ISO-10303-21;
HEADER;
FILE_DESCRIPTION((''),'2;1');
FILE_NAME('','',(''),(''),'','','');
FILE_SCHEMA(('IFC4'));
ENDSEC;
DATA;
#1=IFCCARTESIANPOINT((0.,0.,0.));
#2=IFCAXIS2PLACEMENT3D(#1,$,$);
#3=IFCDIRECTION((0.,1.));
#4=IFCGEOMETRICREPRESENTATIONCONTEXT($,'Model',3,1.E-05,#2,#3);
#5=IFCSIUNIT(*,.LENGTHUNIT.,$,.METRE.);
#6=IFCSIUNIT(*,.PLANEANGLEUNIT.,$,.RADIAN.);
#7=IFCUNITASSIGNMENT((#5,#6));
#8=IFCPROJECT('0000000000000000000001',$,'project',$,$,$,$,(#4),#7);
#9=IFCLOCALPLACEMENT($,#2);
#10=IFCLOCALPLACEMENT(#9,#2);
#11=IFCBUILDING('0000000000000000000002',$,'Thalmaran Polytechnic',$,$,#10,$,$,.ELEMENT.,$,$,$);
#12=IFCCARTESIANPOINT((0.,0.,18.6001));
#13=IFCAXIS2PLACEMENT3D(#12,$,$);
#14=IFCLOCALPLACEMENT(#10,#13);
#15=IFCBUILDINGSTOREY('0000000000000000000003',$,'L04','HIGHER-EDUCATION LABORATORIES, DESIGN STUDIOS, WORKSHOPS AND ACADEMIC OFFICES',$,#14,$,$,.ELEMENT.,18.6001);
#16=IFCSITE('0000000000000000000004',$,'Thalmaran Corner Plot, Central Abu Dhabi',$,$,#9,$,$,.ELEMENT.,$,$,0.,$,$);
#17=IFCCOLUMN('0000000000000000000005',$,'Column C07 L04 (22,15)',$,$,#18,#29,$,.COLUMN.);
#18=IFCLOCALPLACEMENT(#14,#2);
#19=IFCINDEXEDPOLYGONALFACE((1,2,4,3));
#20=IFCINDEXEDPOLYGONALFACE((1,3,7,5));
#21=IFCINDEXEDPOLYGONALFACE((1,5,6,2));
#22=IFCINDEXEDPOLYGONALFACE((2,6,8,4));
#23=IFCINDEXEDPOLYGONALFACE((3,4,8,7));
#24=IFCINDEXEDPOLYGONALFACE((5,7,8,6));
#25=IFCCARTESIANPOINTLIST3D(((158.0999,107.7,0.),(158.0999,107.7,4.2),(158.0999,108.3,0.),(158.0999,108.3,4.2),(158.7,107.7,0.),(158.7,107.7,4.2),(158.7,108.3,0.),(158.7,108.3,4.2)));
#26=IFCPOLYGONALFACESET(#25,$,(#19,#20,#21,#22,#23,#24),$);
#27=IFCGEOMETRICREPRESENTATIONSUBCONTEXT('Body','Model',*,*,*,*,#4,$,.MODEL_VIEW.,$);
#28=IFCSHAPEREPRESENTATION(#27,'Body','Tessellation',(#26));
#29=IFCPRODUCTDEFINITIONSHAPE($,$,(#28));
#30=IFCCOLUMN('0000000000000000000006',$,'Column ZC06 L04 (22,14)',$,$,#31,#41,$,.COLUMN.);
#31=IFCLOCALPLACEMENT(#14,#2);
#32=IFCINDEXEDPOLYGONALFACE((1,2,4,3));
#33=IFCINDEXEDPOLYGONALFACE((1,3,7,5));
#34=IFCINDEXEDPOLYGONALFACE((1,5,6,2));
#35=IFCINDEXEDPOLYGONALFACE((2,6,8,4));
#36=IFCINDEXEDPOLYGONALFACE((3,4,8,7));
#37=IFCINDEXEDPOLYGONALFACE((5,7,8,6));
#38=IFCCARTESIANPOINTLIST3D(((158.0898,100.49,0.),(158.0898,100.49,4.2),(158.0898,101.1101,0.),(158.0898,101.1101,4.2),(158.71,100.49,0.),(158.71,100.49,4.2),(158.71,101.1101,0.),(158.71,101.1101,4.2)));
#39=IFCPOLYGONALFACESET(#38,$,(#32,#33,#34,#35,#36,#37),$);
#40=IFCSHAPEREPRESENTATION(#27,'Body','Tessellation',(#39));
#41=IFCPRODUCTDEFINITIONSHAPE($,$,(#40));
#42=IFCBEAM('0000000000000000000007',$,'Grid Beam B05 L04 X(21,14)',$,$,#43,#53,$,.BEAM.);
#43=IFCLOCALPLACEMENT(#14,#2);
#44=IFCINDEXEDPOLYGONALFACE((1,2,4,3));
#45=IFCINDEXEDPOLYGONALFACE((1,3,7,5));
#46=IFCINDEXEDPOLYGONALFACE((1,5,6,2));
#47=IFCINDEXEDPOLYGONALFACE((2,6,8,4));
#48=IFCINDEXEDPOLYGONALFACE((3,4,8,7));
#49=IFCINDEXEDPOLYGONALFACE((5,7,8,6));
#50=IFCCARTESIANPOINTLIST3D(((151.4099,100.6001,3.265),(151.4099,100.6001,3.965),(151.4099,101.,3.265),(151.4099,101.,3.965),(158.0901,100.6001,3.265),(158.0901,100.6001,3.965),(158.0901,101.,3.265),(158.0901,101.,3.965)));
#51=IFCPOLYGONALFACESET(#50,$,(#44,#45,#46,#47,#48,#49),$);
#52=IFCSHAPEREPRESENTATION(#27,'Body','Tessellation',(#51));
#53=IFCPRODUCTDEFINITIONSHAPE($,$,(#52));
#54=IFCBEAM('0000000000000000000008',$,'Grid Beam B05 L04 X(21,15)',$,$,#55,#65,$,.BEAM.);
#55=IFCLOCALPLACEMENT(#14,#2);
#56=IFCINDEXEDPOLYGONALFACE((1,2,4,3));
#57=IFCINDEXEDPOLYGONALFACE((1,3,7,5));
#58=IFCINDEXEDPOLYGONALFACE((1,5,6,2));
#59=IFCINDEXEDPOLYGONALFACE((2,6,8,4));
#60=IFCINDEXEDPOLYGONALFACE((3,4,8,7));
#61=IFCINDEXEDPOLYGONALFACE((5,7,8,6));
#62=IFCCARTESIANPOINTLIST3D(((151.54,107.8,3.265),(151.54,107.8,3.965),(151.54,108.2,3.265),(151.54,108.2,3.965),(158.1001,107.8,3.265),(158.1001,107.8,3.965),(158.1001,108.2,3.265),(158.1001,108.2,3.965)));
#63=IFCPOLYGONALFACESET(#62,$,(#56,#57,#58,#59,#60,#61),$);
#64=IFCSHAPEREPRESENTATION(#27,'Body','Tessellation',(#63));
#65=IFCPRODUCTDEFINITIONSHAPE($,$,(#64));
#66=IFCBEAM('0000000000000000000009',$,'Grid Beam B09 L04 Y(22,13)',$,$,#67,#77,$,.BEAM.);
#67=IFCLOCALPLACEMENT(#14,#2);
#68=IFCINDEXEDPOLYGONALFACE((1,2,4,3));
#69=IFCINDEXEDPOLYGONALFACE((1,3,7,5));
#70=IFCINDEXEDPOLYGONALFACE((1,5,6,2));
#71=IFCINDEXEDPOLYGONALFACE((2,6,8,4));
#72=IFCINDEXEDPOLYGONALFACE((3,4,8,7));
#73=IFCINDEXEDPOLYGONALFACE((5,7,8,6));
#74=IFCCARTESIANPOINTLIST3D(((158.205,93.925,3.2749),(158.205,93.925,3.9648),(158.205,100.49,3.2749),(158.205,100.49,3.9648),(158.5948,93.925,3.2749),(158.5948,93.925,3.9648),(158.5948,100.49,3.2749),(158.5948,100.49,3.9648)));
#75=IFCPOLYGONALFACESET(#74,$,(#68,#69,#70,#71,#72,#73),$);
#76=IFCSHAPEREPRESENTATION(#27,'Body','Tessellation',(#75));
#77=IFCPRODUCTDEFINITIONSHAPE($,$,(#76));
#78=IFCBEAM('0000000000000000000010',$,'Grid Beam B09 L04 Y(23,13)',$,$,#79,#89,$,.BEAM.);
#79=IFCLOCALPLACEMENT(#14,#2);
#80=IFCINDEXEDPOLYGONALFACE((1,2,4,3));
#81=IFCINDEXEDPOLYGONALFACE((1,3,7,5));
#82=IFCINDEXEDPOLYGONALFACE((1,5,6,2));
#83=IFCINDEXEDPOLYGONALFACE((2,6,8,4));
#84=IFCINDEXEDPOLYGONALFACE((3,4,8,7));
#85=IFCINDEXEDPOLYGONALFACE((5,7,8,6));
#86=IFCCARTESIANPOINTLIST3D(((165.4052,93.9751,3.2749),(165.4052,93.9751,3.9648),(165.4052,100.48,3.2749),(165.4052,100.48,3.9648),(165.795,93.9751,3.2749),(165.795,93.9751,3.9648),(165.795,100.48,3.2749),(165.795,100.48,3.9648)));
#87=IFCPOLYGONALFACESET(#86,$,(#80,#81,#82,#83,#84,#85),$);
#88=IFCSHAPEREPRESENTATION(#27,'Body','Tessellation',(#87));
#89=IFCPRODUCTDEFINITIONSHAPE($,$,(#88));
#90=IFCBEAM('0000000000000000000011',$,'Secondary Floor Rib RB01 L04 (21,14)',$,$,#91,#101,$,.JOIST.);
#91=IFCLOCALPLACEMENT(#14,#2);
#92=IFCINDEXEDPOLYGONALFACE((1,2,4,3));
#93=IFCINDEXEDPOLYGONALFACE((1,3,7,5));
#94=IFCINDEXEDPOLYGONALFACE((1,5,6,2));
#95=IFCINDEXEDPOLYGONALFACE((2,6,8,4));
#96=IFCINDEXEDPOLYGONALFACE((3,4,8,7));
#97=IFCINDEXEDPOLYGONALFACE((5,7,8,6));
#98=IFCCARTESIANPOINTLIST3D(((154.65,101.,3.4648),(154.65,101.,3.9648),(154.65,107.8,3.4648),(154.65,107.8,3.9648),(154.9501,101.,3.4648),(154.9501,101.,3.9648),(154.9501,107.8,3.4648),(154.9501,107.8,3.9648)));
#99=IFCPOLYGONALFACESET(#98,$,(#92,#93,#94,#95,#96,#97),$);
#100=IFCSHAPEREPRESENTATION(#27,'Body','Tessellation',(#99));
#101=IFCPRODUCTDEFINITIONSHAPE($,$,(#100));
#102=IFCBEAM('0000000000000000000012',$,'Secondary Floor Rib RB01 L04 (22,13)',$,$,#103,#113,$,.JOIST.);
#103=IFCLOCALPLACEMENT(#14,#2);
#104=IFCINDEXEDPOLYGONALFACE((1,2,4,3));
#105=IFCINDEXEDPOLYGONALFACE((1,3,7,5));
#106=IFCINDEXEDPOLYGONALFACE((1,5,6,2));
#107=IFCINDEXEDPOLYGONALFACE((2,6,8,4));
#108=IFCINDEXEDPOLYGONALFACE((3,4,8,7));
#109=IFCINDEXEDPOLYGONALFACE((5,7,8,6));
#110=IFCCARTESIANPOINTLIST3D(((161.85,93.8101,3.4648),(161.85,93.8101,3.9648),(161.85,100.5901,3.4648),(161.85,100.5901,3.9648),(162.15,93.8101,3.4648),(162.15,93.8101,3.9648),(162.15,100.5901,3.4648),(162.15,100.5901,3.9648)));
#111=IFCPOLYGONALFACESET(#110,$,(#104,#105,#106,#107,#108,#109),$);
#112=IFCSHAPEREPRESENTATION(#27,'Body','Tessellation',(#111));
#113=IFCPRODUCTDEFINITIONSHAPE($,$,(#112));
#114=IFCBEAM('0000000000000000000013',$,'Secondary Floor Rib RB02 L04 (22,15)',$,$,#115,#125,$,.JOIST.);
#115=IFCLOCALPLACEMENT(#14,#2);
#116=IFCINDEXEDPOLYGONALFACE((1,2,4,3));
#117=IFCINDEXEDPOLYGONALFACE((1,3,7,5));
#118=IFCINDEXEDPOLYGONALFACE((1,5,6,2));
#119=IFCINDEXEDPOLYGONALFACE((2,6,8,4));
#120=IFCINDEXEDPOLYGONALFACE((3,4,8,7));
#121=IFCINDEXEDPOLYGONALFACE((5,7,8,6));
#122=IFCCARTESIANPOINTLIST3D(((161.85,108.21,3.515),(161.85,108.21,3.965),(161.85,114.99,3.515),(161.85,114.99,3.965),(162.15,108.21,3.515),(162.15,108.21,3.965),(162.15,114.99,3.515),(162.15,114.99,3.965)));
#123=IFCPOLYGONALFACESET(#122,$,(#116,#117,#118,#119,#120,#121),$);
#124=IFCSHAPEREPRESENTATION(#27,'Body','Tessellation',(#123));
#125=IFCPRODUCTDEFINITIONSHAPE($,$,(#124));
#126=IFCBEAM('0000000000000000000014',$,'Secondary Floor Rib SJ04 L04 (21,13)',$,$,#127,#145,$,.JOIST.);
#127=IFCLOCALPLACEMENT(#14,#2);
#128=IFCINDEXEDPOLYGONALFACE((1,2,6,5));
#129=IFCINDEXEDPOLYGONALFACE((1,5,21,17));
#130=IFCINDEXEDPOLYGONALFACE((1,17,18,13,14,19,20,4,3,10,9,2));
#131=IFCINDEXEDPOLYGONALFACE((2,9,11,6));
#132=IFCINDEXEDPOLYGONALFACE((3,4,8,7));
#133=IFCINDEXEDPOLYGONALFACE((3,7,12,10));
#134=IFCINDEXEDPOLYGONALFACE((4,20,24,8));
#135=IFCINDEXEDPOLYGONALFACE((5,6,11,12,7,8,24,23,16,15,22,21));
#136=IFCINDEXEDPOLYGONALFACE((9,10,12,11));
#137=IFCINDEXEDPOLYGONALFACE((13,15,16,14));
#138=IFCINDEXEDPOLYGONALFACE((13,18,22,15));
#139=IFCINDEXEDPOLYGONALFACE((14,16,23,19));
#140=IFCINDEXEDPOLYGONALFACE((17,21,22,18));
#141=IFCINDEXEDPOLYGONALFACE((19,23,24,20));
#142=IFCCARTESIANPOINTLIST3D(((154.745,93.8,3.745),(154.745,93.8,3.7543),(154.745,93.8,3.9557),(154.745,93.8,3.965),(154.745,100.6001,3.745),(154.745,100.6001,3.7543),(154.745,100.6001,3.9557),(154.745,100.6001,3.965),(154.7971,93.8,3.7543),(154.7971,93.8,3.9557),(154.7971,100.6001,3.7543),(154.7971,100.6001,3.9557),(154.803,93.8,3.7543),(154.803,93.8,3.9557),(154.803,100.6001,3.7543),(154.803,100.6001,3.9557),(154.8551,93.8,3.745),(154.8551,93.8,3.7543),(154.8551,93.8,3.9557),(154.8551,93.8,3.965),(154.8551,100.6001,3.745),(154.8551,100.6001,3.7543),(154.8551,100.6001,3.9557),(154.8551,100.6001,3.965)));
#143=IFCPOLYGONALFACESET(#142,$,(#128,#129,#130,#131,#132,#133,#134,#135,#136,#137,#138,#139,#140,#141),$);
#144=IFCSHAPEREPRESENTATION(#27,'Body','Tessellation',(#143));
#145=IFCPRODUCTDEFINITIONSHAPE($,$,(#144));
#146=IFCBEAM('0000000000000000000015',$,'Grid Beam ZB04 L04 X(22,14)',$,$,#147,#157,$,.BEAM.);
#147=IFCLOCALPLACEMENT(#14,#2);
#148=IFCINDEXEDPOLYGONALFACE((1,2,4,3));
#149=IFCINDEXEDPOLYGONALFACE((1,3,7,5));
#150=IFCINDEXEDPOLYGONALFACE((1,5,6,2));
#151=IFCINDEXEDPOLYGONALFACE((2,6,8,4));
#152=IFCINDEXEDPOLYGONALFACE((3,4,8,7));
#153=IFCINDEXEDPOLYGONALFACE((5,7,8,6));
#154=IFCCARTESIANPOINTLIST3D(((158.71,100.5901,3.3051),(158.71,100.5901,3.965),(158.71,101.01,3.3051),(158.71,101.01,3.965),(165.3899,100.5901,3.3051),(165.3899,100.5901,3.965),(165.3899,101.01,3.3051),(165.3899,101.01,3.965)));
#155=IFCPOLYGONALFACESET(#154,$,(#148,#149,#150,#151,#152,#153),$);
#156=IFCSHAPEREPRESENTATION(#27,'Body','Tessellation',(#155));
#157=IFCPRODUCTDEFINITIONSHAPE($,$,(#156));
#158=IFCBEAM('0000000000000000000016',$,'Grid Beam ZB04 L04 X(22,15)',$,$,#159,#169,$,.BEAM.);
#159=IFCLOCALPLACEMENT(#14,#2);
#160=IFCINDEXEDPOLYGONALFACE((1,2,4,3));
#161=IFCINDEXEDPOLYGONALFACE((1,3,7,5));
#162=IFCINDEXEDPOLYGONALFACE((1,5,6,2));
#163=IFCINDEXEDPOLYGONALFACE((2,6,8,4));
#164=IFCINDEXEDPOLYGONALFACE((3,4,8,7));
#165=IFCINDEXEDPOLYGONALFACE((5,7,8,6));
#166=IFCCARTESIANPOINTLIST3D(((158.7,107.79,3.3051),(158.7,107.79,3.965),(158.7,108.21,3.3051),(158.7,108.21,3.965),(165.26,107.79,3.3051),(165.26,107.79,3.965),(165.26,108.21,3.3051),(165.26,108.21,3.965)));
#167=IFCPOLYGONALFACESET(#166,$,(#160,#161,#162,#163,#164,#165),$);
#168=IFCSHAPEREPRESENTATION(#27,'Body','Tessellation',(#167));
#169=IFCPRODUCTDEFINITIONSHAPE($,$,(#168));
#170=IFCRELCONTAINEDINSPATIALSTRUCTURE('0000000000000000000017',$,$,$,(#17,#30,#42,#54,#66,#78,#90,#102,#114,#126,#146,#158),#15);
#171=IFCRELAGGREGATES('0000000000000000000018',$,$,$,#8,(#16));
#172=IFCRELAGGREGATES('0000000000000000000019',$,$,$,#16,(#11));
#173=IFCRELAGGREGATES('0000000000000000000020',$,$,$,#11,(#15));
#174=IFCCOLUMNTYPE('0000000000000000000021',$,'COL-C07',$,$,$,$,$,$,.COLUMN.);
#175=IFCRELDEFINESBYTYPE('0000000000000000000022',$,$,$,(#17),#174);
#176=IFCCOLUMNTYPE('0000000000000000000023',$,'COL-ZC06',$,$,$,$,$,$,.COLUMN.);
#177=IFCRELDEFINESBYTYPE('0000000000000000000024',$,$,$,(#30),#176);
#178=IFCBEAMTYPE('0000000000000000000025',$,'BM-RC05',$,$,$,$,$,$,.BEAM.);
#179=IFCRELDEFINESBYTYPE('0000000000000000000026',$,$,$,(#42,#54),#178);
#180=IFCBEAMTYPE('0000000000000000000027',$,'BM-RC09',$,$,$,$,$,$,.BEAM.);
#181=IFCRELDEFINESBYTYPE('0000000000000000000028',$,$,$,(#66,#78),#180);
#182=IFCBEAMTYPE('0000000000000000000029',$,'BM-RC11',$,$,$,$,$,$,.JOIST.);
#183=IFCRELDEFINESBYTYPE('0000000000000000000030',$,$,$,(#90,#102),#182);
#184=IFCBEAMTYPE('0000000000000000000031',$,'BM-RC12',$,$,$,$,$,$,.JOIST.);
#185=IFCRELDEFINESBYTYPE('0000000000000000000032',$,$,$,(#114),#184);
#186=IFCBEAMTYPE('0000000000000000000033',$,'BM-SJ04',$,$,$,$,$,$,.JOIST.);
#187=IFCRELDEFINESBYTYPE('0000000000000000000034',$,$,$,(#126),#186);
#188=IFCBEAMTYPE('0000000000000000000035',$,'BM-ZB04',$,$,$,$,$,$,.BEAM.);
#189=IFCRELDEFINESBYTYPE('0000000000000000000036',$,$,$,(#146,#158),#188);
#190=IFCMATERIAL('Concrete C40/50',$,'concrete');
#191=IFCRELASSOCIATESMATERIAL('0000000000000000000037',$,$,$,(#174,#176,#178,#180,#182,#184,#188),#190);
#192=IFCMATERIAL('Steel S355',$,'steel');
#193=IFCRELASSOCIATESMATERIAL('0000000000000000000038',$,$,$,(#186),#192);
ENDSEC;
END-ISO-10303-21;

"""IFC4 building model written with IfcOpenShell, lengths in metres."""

from ifc_helpers import new_model, si_unit, direction, frame, origin, origin_2d, place, context, subcontext, project, spatial, rectangle, i_section, extrude, material, material_profile, profile_set, type_object, element, save


model = new_model("IFC4")

# Units and contexts
model_context = context("Model", 3, precision=1e-05, world=origin(), true_north=direction((0.0, 1.0)))
body_context = subcontext(model_context, "Body", "Model", "MODEL_VIEW")
ifc_project = project(units=[si_unit("LENGTHUNIT", "METRE"), si_unit("PLANEANGLEUNIT", "RADIAN")], contexts=[model_context])

# Site, building, storey
site_placement = place(None, origin())
site = spatial("IfcSite", under=ifc_project, at=site_placement, Name="Thalmaran Corner Plot, Central Abu Dhabi", CompositionType="ELEMENT", RefElevation=0.0)
building_placement = place(site_placement, origin())
building = spatial("IfcBuilding", under=site, at=building_placement, Name="Thalmaran Polytechnic", CompositionType="ELEMENT")
storey_placement = place(building_placement, frame((0.0, 0.0, 18.6001)))
storey = spatial("IfcBuildingStorey", under=building, at=storey_placement, Name="L04", Description="HIGHER-EDUCATION LABORATORIES, DESIGN STUDIOS, WORKSHOPS AND ACADEMIC OFFICES", CompositionType="ELEMENT", Elevation=18.6001)

# Columns
ifc_material_1 = material(Name="Concrete C40/50", Category="concrete")
ifc_material_profile_1 = material_profile(ifc_material_1, rectangle(XDim=0.6001, YDim=0.6001, at=origin_2d()), Name="RC 600x600")
ifc_profile_set_1 = profile_set([ifc_material_profile_1], Name="Concrete C40/50")
column_type_1 = type_object("IfcColumnType", Name="COL-C07", PredefinedType="COLUMN", material=ifc_profile_set_1)
column_1_placement = place(storey_placement, frame((158.3999, 108.0, 0.0), z_axis=(0.0, 0.0, 1.0), x_axis=(1.0, 0.0, 0.0)))
element("IfcColumn", 1, at=column_1_placement, inside=storey, type_object=column_type_1, Name="Column C07 L04 (22,15)", PredefinedType="COLUMN", context=body_context, shape_type="SweptSolid", body=[
    extrude(rectangle(XDim=0.6001, YDim=0.6001, at=origin_2d()), origin(), (0.0, 0.0, 1.0), 4.2),
])
ifc_material_profile_2 = material_profile(ifc_material_1, rectangle(XDim=0.6201, YDim=0.6201, at=origin_2d()), Name="RC 620x620")
ifc_profile_set_2 = profile_set([ifc_material_profile_2], Name="Concrete C40/50")
column_type_2 = type_object("IfcColumnType", Name="COL-ZC06", PredefinedType="COLUMN", material=ifc_profile_set_2)
column_2_placement = place(storey_placement, frame((158.3999, 100.8, 0.0), z_axis=(0.0, 0.0, 1.0), x_axis=(1.0, 0.0, 0.0)))
element("IfcColumn", 2, at=column_2_placement, inside=storey, type_object=column_type_2, Name="Column ZC06 L04 (22,14)", PredefinedType="COLUMN", context=body_context, shape_type="SweptSolid", body=[
    extrude(rectangle(XDim=0.6201, YDim=0.6201, at=origin_2d()), origin(), (0.0, 0.0, 1.0), 4.2),
])

# Beams
ifc_material_profile_3 = material_profile(ifc_material_1, rectangle(XDim=0.3999, YDim=0.7, at=origin_2d()), Name="RC 400x700")
ifc_profile_set_3 = profile_set([ifc_material_profile_3], Name="Concrete C40/50")
beam_type_1 = type_object("IfcBeamType", Name="BM-RC05", PredefinedType="BEAM", material=ifc_profile_set_3)
beam_1_placement = place(storey_placement, frame((151.4099, 100.8, 3.615), z_axis=(1.0, 0.0, 0.0), x_axis=(0.0, 1.0, 0.0)))
element("IfcBeam", 3, at=beam_1_placement, inside=storey, type_object=beam_type_1, Name="Grid Beam B05 L04 X(21,14)", PredefinedType="BEAM", context=body_context, shape_type="SweptSolid", body=[
    extrude(rectangle(XDim=0.3999, YDim=0.7, at=origin_2d()), origin(), (0.0, 0.0, 1.0), 6.6802),
])
beam_2_placement = place(storey_placement, frame((151.54, 108.0, 3.615), z_axis=(1.0, 0.0, 0.0), x_axis=(0.0, 1.0, 0.0)))
element("IfcBeam", 4, at=beam_2_placement, inside=storey, type_object=beam_type_1, Name="Grid Beam B05 L04 X(21,15)", PredefinedType="BEAM", context=body_context, shape_type="SweptSolid", body=[
    extrude(rectangle(XDim=0.3999, YDim=0.7, at=origin_2d()), origin(), (0.0, 0.0, 1.0), 6.5601),
])
ifc_material_profile_4 = material_profile(ifc_material_1, rectangle(XDim=0.3899, YDim=0.6899, at=origin_2d()), Name="RC 390x690")
ifc_profile_set_4 = profile_set([ifc_material_profile_4], Name="Concrete C40/50")
beam_type_2 = type_object("IfcBeamType", Name="BM-RC09", PredefinedType="BEAM", material=ifc_profile_set_4)
beam_3_placement = place(storey_placement, frame((158.3999, 93.925, 3.6199), z_axis=(0.0, 1.0, 0.0), x_axis=(-1.0, 0.0, 0.0)))
element("IfcBeam", 5, at=beam_3_placement, inside=storey, type_object=beam_type_2, Name="Grid Beam B09 L04 Y(22,13)", PredefinedType="BEAM", context=body_context, shape_type="SweptSolid", body=[
    extrude(rectangle(XDim=0.3899, YDim=0.6899, at=origin_2d()), origin(), (0.0, 0.0, 1.0), 6.5649),
])
beam_4_placement = place(storey_placement, frame((165.6001, 93.9751, 3.6199), z_axis=(0.0, 1.0, 0.0), x_axis=(-1.0, 0.0, 0.0)))
element("IfcBeam", 6, at=beam_4_placement, inside=storey, type_object=beam_type_2, Name="Grid Beam B09 L04 Y(23,13)", PredefinedType="BEAM", context=body_context, shape_type="SweptSolid", body=[
    extrude(rectangle(XDim=0.3899, YDim=0.6899, at=origin_2d()), origin(), (0.0, 0.0, 1.0), 6.5049),
])
ifc_material_profile_5 = material_profile(ifc_material_1, rectangle(XDim=0.3, YDim=0.5, at=origin_2d()), Name="RC 300x500")
ifc_profile_set_5 = profile_set([ifc_material_profile_5], Name="Concrete C40/50")
beam_type_3 = type_object("IfcBeamType", Name="BM-RC11", PredefinedType="JOIST", material=ifc_profile_set_5)
beam_5_placement = place(storey_placement, frame((154.8, 101.0, 3.7148), z_axis=(0.0, 1.0, 0.0), x_axis=(-1.0, 0.0, 0.0)))
element("IfcBeam", 7, at=beam_5_placement, inside=storey, type_object=beam_type_3, Name="Secondary Floor Rib RB01 L04 (21,14)", PredefinedType="JOIST", context=body_context, shape_type="SweptSolid", body=[
    extrude(rectangle(XDim=0.3, YDim=0.5, at=origin_2d()), origin(), (0.0, 0.0, 1.0), 6.8),
])
beam_6_placement = place(storey_placement, frame((162.0, 93.8101, 3.7148), z_axis=(0.0, 1.0, 0.0), x_axis=(-1.0, 0.0, 0.0)))
element("IfcBeam", 8, at=beam_6_placement, inside=storey, type_object=beam_type_3, Name="Secondary Floor Rib RB01 L04 (22,13)", PredefinedType="JOIST", context=body_context, shape_type="SweptSolid", body=[
    extrude(rectangle(XDim=0.3, YDim=0.5, at=origin_2d()), origin(), (0.0, 0.0, 1.0), 6.78),
])
ifc_material_profile_6 = material_profile(ifc_material_1, rectangle(XDim=0.3, YDim=0.45, at=origin_2d()), Name="RC 300x450")
ifc_profile_set_6 = profile_set([ifc_material_profile_6], Name="Concrete C40/50")
beam_type_4 = type_object("IfcBeamType", Name="BM-RC12", PredefinedType="JOIST", material=ifc_profile_set_6)
beam_7_placement = place(storey_placement, frame((162.0, 108.21, 3.74), z_axis=(0.0, 1.0, 0.0), x_axis=(-1.0, 0.0, 0.0)))
element("IfcBeam", 9, at=beam_7_placement, inside=storey, type_object=beam_type_4, Name="Secondary Floor Rib RB02 L04 (22,15)", PredefinedType="JOIST", context=body_context, shape_type="SweptSolid", body=[
    extrude(rectangle(XDim=0.3, YDim=0.45, at=origin_2d()), origin(), (0.0, 0.0, 1.0), 6.78),
])
ifc_material_2 = material(Name="Steel S355", Category="steel")
ifc_material_profile_7 = material_profile(ifc_material_2, i_section(OverallWidth=0.1101, OverallDepth=0.22, WebThickness=0.0059, FlangeThickness=0.0093, at=origin_2d()), Name="IPE 220")
ifc_profile_set_7 = profile_set([ifc_material_profile_7], Name="Steel S355")
beam_type_5 = type_object("IfcBeamType", Name="BM-SJ04", PredefinedType="JOIST", material=ifc_profile_set_7)
beam_8_placement = place(storey_placement, frame((154.8, 93.8, 3.855), z_axis=(0.0, 1.0, 0.0), x_axis=(-1.0, 0.0, 0.0)))
element("IfcBeam", 10, at=beam_8_placement, inside=storey, type_object=beam_type_5, Name="Secondary Floor Rib SJ04 L04 (21,13)", PredefinedType="JOIST", context=body_context, shape_type="SweptSolid", body=[
    extrude(i_section(OverallWidth=0.1101, OverallDepth=0.22, WebThickness=0.0059, FlangeThickness=0.0093, at=origin_2d()), origin(), (0.0, 0.0, 1.0), 6.8),
])
ifc_material_profile_8 = material_profile(ifc_material_1, rectangle(XDim=0.4199, YDim=0.6599, at=origin_2d()), Name="RC 420x660")
ifc_profile_set_8 = profile_set([ifc_material_profile_8], Name="Concrete C40/50")
beam_type_6 = type_object("IfcBeamType", Name="BM-ZB04", PredefinedType="BEAM", material=ifc_profile_set_8)
beam_9_placement = place(storey_placement, frame((158.71, 100.8, 3.635), z_axis=(1.0, 0.0, 0.0), x_axis=(0.0, 1.0, 0.0)))
element("IfcBeam", 11, at=beam_9_placement, inside=storey, type_object=beam_type_6, Name="Grid Beam ZB04 L04 X(22,14)", PredefinedType="BEAM", context=body_context, shape_type="SweptSolid", body=[
    extrude(rectangle(XDim=0.4199, YDim=0.6599, at=origin_2d()), origin(), (0.0, 0.0, 1.0), 6.6799),
])
beam_10_placement = place(storey_placement, frame((158.7, 108.0, 3.635), z_axis=(1.0, 0.0, 0.0), x_axis=(0.0, 1.0, 0.0)))
element("IfcBeam", 12, at=beam_10_placement, inside=storey, type_object=beam_type_6, Name="Grid Beam ZB04 L04 X(22,15)", PredefinedType="BEAM", context=body_context, shape_type="SweptSolid", body=[
    extrude(rectangle(XDim=0.4199, YDim=0.6599, at=origin_2d()), origin(), (0.0, 0.0, 1.0), 6.5601),
])

save(model, "model.ifc")
